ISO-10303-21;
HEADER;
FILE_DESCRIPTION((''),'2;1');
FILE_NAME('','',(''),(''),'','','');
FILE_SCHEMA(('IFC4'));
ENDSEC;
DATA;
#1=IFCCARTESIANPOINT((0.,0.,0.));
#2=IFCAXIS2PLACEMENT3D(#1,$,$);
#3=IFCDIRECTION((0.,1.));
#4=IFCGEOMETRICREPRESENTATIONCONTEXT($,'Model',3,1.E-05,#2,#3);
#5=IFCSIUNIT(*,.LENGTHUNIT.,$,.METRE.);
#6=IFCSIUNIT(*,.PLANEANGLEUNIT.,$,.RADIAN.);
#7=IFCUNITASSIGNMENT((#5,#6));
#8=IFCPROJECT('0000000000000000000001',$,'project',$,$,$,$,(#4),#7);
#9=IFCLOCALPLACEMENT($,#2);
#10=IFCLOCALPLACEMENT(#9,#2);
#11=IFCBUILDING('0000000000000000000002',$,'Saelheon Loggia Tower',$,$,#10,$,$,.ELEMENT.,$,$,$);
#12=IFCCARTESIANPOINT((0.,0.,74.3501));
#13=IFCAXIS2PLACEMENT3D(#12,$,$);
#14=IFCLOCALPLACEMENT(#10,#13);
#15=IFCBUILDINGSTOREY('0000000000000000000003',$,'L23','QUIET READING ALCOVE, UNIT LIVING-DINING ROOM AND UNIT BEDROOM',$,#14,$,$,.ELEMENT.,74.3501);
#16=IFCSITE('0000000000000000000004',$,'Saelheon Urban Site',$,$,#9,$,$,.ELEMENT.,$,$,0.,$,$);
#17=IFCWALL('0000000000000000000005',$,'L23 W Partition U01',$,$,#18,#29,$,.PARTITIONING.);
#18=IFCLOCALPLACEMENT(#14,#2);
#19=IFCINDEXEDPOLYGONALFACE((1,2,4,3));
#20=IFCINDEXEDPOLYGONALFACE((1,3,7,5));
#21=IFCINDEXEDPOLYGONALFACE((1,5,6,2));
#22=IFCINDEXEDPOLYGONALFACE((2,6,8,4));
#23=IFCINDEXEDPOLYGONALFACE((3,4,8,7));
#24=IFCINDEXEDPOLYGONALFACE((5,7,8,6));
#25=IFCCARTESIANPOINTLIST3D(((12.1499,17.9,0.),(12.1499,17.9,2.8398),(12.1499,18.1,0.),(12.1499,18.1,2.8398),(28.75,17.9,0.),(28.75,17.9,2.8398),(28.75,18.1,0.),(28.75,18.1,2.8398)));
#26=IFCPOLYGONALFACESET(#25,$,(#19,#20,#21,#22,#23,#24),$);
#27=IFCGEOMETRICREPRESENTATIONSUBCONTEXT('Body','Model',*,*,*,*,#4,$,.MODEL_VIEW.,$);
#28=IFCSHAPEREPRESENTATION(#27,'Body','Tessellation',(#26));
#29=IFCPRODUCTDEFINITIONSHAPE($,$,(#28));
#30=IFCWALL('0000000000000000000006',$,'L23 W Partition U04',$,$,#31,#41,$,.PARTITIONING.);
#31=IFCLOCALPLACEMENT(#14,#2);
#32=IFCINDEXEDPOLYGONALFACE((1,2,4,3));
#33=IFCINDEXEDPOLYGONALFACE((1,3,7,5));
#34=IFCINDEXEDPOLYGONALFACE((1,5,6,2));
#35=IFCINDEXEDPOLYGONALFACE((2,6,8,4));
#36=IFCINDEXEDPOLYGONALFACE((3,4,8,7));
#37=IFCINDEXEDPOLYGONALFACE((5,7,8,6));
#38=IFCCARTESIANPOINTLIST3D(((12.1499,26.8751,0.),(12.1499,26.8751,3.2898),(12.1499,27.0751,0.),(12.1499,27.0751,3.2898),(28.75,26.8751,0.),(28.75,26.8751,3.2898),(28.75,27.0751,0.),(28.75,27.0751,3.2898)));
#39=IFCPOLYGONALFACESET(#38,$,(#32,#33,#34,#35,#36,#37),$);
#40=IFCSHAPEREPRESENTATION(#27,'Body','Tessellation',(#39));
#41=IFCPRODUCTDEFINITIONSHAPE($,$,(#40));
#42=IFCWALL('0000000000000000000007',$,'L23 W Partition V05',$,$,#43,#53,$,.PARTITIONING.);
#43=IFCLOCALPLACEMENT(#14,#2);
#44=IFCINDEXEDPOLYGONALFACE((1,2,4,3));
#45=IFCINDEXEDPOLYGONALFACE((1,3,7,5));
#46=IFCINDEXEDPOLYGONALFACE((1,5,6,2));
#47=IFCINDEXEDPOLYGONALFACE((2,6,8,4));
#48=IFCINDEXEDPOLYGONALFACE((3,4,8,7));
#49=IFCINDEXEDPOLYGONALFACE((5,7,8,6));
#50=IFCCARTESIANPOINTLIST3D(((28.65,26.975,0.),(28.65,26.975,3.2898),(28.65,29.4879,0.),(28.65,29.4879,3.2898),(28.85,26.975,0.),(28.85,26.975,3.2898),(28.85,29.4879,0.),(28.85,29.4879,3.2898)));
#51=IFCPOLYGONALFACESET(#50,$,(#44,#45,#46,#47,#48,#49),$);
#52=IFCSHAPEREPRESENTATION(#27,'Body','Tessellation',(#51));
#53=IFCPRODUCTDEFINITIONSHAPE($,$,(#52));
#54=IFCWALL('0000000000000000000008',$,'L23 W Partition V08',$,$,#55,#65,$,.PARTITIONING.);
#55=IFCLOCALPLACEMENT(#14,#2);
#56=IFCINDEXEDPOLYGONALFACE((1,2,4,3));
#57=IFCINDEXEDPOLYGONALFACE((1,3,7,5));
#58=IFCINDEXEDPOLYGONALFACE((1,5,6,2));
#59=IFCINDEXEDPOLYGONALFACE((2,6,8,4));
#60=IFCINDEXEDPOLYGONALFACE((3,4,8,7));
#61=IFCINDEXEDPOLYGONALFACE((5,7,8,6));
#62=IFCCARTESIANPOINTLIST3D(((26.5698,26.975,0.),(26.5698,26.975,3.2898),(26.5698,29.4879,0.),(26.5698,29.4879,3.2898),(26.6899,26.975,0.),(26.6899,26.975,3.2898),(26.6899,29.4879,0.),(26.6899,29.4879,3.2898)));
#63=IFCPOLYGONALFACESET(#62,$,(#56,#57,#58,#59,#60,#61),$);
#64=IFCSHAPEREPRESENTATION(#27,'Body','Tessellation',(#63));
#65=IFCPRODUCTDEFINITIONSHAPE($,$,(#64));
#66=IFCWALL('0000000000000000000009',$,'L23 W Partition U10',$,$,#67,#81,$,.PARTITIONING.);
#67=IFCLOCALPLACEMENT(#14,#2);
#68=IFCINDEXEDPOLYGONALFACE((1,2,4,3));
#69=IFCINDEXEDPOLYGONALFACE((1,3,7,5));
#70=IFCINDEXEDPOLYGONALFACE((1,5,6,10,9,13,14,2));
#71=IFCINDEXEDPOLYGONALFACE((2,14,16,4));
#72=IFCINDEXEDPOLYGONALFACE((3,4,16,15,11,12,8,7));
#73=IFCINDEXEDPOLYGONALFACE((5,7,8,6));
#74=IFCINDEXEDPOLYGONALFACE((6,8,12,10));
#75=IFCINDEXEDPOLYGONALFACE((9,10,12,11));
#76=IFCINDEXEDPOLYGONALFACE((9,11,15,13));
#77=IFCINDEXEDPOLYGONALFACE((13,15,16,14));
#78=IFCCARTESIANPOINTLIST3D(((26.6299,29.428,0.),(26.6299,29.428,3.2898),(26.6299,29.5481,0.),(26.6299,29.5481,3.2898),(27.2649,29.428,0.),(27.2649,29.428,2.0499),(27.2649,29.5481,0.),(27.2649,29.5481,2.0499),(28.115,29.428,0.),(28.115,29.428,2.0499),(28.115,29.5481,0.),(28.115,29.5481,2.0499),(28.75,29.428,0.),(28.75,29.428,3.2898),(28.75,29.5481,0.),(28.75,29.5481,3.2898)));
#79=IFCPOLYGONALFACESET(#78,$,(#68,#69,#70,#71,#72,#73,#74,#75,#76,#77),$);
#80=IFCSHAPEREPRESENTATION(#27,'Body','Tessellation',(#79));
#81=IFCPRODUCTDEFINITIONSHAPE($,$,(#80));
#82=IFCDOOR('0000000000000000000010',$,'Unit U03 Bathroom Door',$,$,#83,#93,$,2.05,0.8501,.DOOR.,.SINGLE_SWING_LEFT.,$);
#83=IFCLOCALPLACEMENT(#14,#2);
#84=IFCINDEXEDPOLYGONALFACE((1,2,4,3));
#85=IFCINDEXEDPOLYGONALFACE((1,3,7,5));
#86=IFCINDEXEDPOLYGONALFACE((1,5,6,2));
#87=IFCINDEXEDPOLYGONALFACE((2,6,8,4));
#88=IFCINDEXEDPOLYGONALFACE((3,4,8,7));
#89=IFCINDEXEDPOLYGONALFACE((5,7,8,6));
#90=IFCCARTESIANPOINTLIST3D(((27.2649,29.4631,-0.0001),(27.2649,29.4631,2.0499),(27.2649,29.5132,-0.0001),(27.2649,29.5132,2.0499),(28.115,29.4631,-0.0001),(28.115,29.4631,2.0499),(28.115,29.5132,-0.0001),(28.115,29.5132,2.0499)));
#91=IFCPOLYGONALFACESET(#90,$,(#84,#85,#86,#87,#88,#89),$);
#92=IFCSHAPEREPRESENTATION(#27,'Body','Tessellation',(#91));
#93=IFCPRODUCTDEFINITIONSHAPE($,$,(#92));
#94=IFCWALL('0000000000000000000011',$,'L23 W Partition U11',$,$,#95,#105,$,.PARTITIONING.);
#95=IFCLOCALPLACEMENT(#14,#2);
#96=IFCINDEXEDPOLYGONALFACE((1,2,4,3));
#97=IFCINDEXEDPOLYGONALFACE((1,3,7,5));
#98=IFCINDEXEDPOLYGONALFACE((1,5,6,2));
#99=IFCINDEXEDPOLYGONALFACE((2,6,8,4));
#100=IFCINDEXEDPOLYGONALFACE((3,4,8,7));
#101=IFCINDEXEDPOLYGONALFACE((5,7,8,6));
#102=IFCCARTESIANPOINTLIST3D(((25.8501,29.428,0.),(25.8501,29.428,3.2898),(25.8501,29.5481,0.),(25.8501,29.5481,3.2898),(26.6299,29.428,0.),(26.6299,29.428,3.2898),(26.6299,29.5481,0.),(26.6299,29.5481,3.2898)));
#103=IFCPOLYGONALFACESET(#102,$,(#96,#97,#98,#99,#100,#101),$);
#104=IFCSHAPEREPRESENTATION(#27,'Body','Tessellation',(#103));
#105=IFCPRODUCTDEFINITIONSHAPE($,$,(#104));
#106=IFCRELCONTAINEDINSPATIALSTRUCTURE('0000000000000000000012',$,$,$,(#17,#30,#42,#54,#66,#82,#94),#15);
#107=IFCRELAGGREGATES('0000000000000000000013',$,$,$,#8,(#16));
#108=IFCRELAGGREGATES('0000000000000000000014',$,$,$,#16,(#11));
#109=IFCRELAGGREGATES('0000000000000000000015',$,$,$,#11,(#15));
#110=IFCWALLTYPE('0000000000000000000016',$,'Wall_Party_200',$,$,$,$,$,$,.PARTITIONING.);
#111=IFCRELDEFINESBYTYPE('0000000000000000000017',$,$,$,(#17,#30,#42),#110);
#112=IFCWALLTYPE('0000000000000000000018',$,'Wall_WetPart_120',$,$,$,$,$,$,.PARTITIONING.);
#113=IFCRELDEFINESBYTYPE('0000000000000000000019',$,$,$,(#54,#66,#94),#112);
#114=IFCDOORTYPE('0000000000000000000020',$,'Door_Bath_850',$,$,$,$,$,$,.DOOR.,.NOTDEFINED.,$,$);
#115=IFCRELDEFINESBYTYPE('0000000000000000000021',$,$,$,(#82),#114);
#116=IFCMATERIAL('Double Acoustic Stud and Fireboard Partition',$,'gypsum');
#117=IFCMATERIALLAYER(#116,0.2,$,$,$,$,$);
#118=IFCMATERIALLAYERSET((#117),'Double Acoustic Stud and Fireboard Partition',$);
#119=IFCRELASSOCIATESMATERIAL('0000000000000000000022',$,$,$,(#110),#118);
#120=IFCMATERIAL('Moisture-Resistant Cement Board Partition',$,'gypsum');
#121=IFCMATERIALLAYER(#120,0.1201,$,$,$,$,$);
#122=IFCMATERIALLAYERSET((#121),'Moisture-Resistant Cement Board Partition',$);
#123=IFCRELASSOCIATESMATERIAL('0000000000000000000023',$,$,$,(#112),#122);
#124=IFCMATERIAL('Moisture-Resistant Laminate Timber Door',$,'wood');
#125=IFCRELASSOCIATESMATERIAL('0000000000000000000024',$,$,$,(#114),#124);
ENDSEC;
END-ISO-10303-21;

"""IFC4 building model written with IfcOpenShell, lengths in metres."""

from ifc_helpers import new_model, si_unit, direction, frame, frame_2d, origin, place, context, subcontext, project, spatial, rectangle, extrude, source, transform, mapped, material, layer, layer_set, type_object, element, fill, save


model = new_model("IFC4")

# Units and contexts
model_context = context("Model", 3, precision=1e-05, world=origin(), true_north=direction((0.0, 1.0)))
body_context = subcontext(model_context, "Body", "Model", "MODEL_VIEW")
ifc_project = project(units=[si_unit("LENGTHUNIT", "METRE"), si_unit("PLANEANGLEUNIT", "RADIAN")], contexts=[model_context])

# Site, building, storey
site_placement = place(None, origin())
site = spatial("IfcSite", under=ifc_project, at=site_placement, Name="Saelheon Urban Site", CompositionType="ELEMENT", RefElevation=0.0)
building_placement = place(site_placement, origin())
building = spatial("IfcBuilding", under=site, at=building_placement, Name="Saelheon Loggia Tower", CompositionType="ELEMENT")
storey_placement = place(building_placement, frame((0.0, 0.0, 74.3501)))
storey = spatial("IfcBuildingStorey", under=building, at=storey_placement, Name="L23", Description="QUIET READING ALCOVE, UNIT LIVING-DINING ROOM AND UNIT BEDROOM", CompositionType="ELEMENT", Elevation=74.3501)

# Walls
ifc_material_1 = material(Name="Double Acoustic Stud and Fireboard Partition", Category="gypsum")
ifc_layer_1 = layer(ifc_material_1, 0.2)
ifc_layer_set_1 = layer_set([ifc_layer_1], Name="Double Acoustic Stud and Fireboard Partition")
wall_type_1 = type_object("IfcWallType", Name="Wall_Party_200", PredefinedType="PARTITIONING", material=ifc_layer_set_1)
wall_1_placement = place(storey_placement, frame((28.75, 18.0, 0.0), z_axis=(0.0, 0.0, 1.0), x_axis=(-1.0, 0.0, 0.0)))
element("IfcWall", 1, at=wall_1_placement, inside=storey, type_object=wall_type_1, Name="L23 W Partition U01", PredefinedType="PARTITIONING", context=body_context, shape_type="SweptSolid", body=[
    extrude(rectangle(XDim=16.6001, YDim=0.2, at=frame_2d((8.3, 0.0))), origin(), (0.0, 0.0, 1.0), 2.8398),
])
wall_2_placement = place(storey_placement, frame((28.75, 26.9751, 0.0), z_axis=(0.0, 0.0, 1.0), x_axis=(-1.0, 0.0, 0.0)))
element("IfcWall", 2, at=wall_2_placement, inside=storey, type_object=wall_type_1, Name="L23 W Partition U04", PredefinedType="PARTITIONING", context=body_context, shape_type="SweptSolid", body=[
    extrude(rectangle(XDim=16.6001, YDim=0.2, at=frame_2d((8.3, 0.0))), origin(), (0.0, 0.0, 1.0), 3.2898),
])
wall_3_placement = place(storey_placement, frame((28.75, 26.9751, 0.0), z_axis=(0.0, 0.0, 1.0), x_axis=(0.0, 1.0, 0.0)))
element("IfcWall", 3, at=wall_3_placement, inside=storey, type_object=wall_type_1, Name="L23 W Partition V05", PredefinedType="PARTITIONING", context=body_context, shape_type="SweptSolid", body=[
    extrude(rectangle(XDim=2.5129, YDim=0.2, at=frame_2d((1.2563, 0.0))), origin(), (0.0, 0.0, 1.0), 3.2898),
])

# Wall
ifc_material_2 = material(Name="Moisture-Resistant Cement Board Partition", Category="gypsum")
ifc_layer_2 = layer(ifc_material_2, 0.1201)
ifc_layer_set_2 = layer_set([ifc_layer_2], Name="Moisture-Resistant Cement Board Partition")
wall_type_2 = type_object("IfcWallType", Name="Wall_WetPart_120", PredefinedType="PARTITIONING", material=ifc_layer_set_2)
wall_4_placement = place(storey_placement, frame((26.6299, 26.9751, 0.0), z_axis=(0.0, 0.0, 1.0), x_axis=(0.0, 1.0, 0.0)))
element("IfcWall", 4, at=wall_4_placement, inside=storey, type_object=wall_type_2, Name="L23 W Partition V08", PredefinedType="PARTITIONING", context=body_context, shape_type="SweptSolid", body=[
    extrude(rectangle(XDim=2.5129, YDim=0.1201, at=frame_2d((1.2563, 0.0))), origin(), (0.0, 0.0, 1.0), 3.2898),
])

# Wall, opening, door
wall_5_placement = place(storey_placement, frame((28.75, 29.488, 0.0), z_axis=(0.0, 0.0, 1.0), x_axis=(-1.0, 0.0, 0.0)))
wall_5 = element("IfcWall", 5, at=wall_5_placement, inside=storey, type_object=wall_type_2, Name="L23 W Partition U10", PredefinedType="PARTITIONING", context=body_context, shape_type="SweptSolid", body=[
    extrude(rectangle(XDim=2.1201, YDim=0.1201, at=frame_2d((1.0601, 0.0))), origin(), (0.0, 0.0, 1.0), 3.2898),
])
opening_1_placement = place(wall_5_placement, frame((0.635, 0.0, 0.0)))
opening_1 = element("IfcOpeningElement", 6, at=opening_1_placement, cuts=wall_5, PredefinedType="OPENING", context=body_context, shape_type="SweptSolid", body=[
    extrude(rectangle(XDim=0.8501, YDim=2.05, at=frame_2d((0.425, 1.0249))), frame((0.0, 0.072, 0.0), z_axis=(0.0, -1.0, 0.0), x_axis=(1.0, 0.0, 0.0)), (0.0, 0.0, 1.0), 0.144),
])
ifc_material_3 = material(Name="Moisture-Resistant Laminate Timber Door", Category="wood")
door_type_1 = type_object("IfcDoorType", Name="Door_Bath_850", OperationType="NOTDEFINED", PredefinedType="DOOR", material=ifc_material_3)
shared_shape_1 = source(origin(), body_context, "Body", "SweptSolid", [
    extrude(rectangle(XDim=0.8501, YDim=2.05, at=frame_2d((0.425, 1.0249))), frame((0.0, 0.0249, 0.0), z_axis=(0.0, -1.0, 0.0), x_axis=(1.0, 0.0, 0.0)), (0.0, 0.0, 1.0), 0.05),
])
door_1_placement = place(opening_1_placement, origin())
door_1 = element("IfcDoor", 7, at=door_1_placement, inside=storey, type_object=door_type_1, Name="Unit U03 Bathroom Door", OperationType="SINGLE_SWING_LEFT", OverallHeight=2.05, OverallWidth=0.8501, PredefinedType="DOOR", context=body_context, shape_type="MappedRepresentation", body=[
    mapped(shared_shape_1, transform((0.0, 0.0, 0.0), scale=1.0)),
])
fill(opening_1, door_1)

# Wall
wall_6_placement = place(storey_placement, frame((26.6299, 29.488, 0.0), z_axis=(0.0, 0.0, 1.0), x_axis=(-1.0, 0.0, 0.0)))
element("IfcWall", 8, at=wall_6_placement, inside=storey, type_object=wall_type_2, Name="L23 W Partition U11", PredefinedType="PARTITIONING", context=body_context, shape_type="SweptSolid", body=[
    extrude(rectangle(XDim=0.7798, YDim=0.1201, at=frame_2d((0.3899, 0.0))), origin(), (0.0, 0.0, 1.0), 3.2898),
])

save(model, "model.ifc")
